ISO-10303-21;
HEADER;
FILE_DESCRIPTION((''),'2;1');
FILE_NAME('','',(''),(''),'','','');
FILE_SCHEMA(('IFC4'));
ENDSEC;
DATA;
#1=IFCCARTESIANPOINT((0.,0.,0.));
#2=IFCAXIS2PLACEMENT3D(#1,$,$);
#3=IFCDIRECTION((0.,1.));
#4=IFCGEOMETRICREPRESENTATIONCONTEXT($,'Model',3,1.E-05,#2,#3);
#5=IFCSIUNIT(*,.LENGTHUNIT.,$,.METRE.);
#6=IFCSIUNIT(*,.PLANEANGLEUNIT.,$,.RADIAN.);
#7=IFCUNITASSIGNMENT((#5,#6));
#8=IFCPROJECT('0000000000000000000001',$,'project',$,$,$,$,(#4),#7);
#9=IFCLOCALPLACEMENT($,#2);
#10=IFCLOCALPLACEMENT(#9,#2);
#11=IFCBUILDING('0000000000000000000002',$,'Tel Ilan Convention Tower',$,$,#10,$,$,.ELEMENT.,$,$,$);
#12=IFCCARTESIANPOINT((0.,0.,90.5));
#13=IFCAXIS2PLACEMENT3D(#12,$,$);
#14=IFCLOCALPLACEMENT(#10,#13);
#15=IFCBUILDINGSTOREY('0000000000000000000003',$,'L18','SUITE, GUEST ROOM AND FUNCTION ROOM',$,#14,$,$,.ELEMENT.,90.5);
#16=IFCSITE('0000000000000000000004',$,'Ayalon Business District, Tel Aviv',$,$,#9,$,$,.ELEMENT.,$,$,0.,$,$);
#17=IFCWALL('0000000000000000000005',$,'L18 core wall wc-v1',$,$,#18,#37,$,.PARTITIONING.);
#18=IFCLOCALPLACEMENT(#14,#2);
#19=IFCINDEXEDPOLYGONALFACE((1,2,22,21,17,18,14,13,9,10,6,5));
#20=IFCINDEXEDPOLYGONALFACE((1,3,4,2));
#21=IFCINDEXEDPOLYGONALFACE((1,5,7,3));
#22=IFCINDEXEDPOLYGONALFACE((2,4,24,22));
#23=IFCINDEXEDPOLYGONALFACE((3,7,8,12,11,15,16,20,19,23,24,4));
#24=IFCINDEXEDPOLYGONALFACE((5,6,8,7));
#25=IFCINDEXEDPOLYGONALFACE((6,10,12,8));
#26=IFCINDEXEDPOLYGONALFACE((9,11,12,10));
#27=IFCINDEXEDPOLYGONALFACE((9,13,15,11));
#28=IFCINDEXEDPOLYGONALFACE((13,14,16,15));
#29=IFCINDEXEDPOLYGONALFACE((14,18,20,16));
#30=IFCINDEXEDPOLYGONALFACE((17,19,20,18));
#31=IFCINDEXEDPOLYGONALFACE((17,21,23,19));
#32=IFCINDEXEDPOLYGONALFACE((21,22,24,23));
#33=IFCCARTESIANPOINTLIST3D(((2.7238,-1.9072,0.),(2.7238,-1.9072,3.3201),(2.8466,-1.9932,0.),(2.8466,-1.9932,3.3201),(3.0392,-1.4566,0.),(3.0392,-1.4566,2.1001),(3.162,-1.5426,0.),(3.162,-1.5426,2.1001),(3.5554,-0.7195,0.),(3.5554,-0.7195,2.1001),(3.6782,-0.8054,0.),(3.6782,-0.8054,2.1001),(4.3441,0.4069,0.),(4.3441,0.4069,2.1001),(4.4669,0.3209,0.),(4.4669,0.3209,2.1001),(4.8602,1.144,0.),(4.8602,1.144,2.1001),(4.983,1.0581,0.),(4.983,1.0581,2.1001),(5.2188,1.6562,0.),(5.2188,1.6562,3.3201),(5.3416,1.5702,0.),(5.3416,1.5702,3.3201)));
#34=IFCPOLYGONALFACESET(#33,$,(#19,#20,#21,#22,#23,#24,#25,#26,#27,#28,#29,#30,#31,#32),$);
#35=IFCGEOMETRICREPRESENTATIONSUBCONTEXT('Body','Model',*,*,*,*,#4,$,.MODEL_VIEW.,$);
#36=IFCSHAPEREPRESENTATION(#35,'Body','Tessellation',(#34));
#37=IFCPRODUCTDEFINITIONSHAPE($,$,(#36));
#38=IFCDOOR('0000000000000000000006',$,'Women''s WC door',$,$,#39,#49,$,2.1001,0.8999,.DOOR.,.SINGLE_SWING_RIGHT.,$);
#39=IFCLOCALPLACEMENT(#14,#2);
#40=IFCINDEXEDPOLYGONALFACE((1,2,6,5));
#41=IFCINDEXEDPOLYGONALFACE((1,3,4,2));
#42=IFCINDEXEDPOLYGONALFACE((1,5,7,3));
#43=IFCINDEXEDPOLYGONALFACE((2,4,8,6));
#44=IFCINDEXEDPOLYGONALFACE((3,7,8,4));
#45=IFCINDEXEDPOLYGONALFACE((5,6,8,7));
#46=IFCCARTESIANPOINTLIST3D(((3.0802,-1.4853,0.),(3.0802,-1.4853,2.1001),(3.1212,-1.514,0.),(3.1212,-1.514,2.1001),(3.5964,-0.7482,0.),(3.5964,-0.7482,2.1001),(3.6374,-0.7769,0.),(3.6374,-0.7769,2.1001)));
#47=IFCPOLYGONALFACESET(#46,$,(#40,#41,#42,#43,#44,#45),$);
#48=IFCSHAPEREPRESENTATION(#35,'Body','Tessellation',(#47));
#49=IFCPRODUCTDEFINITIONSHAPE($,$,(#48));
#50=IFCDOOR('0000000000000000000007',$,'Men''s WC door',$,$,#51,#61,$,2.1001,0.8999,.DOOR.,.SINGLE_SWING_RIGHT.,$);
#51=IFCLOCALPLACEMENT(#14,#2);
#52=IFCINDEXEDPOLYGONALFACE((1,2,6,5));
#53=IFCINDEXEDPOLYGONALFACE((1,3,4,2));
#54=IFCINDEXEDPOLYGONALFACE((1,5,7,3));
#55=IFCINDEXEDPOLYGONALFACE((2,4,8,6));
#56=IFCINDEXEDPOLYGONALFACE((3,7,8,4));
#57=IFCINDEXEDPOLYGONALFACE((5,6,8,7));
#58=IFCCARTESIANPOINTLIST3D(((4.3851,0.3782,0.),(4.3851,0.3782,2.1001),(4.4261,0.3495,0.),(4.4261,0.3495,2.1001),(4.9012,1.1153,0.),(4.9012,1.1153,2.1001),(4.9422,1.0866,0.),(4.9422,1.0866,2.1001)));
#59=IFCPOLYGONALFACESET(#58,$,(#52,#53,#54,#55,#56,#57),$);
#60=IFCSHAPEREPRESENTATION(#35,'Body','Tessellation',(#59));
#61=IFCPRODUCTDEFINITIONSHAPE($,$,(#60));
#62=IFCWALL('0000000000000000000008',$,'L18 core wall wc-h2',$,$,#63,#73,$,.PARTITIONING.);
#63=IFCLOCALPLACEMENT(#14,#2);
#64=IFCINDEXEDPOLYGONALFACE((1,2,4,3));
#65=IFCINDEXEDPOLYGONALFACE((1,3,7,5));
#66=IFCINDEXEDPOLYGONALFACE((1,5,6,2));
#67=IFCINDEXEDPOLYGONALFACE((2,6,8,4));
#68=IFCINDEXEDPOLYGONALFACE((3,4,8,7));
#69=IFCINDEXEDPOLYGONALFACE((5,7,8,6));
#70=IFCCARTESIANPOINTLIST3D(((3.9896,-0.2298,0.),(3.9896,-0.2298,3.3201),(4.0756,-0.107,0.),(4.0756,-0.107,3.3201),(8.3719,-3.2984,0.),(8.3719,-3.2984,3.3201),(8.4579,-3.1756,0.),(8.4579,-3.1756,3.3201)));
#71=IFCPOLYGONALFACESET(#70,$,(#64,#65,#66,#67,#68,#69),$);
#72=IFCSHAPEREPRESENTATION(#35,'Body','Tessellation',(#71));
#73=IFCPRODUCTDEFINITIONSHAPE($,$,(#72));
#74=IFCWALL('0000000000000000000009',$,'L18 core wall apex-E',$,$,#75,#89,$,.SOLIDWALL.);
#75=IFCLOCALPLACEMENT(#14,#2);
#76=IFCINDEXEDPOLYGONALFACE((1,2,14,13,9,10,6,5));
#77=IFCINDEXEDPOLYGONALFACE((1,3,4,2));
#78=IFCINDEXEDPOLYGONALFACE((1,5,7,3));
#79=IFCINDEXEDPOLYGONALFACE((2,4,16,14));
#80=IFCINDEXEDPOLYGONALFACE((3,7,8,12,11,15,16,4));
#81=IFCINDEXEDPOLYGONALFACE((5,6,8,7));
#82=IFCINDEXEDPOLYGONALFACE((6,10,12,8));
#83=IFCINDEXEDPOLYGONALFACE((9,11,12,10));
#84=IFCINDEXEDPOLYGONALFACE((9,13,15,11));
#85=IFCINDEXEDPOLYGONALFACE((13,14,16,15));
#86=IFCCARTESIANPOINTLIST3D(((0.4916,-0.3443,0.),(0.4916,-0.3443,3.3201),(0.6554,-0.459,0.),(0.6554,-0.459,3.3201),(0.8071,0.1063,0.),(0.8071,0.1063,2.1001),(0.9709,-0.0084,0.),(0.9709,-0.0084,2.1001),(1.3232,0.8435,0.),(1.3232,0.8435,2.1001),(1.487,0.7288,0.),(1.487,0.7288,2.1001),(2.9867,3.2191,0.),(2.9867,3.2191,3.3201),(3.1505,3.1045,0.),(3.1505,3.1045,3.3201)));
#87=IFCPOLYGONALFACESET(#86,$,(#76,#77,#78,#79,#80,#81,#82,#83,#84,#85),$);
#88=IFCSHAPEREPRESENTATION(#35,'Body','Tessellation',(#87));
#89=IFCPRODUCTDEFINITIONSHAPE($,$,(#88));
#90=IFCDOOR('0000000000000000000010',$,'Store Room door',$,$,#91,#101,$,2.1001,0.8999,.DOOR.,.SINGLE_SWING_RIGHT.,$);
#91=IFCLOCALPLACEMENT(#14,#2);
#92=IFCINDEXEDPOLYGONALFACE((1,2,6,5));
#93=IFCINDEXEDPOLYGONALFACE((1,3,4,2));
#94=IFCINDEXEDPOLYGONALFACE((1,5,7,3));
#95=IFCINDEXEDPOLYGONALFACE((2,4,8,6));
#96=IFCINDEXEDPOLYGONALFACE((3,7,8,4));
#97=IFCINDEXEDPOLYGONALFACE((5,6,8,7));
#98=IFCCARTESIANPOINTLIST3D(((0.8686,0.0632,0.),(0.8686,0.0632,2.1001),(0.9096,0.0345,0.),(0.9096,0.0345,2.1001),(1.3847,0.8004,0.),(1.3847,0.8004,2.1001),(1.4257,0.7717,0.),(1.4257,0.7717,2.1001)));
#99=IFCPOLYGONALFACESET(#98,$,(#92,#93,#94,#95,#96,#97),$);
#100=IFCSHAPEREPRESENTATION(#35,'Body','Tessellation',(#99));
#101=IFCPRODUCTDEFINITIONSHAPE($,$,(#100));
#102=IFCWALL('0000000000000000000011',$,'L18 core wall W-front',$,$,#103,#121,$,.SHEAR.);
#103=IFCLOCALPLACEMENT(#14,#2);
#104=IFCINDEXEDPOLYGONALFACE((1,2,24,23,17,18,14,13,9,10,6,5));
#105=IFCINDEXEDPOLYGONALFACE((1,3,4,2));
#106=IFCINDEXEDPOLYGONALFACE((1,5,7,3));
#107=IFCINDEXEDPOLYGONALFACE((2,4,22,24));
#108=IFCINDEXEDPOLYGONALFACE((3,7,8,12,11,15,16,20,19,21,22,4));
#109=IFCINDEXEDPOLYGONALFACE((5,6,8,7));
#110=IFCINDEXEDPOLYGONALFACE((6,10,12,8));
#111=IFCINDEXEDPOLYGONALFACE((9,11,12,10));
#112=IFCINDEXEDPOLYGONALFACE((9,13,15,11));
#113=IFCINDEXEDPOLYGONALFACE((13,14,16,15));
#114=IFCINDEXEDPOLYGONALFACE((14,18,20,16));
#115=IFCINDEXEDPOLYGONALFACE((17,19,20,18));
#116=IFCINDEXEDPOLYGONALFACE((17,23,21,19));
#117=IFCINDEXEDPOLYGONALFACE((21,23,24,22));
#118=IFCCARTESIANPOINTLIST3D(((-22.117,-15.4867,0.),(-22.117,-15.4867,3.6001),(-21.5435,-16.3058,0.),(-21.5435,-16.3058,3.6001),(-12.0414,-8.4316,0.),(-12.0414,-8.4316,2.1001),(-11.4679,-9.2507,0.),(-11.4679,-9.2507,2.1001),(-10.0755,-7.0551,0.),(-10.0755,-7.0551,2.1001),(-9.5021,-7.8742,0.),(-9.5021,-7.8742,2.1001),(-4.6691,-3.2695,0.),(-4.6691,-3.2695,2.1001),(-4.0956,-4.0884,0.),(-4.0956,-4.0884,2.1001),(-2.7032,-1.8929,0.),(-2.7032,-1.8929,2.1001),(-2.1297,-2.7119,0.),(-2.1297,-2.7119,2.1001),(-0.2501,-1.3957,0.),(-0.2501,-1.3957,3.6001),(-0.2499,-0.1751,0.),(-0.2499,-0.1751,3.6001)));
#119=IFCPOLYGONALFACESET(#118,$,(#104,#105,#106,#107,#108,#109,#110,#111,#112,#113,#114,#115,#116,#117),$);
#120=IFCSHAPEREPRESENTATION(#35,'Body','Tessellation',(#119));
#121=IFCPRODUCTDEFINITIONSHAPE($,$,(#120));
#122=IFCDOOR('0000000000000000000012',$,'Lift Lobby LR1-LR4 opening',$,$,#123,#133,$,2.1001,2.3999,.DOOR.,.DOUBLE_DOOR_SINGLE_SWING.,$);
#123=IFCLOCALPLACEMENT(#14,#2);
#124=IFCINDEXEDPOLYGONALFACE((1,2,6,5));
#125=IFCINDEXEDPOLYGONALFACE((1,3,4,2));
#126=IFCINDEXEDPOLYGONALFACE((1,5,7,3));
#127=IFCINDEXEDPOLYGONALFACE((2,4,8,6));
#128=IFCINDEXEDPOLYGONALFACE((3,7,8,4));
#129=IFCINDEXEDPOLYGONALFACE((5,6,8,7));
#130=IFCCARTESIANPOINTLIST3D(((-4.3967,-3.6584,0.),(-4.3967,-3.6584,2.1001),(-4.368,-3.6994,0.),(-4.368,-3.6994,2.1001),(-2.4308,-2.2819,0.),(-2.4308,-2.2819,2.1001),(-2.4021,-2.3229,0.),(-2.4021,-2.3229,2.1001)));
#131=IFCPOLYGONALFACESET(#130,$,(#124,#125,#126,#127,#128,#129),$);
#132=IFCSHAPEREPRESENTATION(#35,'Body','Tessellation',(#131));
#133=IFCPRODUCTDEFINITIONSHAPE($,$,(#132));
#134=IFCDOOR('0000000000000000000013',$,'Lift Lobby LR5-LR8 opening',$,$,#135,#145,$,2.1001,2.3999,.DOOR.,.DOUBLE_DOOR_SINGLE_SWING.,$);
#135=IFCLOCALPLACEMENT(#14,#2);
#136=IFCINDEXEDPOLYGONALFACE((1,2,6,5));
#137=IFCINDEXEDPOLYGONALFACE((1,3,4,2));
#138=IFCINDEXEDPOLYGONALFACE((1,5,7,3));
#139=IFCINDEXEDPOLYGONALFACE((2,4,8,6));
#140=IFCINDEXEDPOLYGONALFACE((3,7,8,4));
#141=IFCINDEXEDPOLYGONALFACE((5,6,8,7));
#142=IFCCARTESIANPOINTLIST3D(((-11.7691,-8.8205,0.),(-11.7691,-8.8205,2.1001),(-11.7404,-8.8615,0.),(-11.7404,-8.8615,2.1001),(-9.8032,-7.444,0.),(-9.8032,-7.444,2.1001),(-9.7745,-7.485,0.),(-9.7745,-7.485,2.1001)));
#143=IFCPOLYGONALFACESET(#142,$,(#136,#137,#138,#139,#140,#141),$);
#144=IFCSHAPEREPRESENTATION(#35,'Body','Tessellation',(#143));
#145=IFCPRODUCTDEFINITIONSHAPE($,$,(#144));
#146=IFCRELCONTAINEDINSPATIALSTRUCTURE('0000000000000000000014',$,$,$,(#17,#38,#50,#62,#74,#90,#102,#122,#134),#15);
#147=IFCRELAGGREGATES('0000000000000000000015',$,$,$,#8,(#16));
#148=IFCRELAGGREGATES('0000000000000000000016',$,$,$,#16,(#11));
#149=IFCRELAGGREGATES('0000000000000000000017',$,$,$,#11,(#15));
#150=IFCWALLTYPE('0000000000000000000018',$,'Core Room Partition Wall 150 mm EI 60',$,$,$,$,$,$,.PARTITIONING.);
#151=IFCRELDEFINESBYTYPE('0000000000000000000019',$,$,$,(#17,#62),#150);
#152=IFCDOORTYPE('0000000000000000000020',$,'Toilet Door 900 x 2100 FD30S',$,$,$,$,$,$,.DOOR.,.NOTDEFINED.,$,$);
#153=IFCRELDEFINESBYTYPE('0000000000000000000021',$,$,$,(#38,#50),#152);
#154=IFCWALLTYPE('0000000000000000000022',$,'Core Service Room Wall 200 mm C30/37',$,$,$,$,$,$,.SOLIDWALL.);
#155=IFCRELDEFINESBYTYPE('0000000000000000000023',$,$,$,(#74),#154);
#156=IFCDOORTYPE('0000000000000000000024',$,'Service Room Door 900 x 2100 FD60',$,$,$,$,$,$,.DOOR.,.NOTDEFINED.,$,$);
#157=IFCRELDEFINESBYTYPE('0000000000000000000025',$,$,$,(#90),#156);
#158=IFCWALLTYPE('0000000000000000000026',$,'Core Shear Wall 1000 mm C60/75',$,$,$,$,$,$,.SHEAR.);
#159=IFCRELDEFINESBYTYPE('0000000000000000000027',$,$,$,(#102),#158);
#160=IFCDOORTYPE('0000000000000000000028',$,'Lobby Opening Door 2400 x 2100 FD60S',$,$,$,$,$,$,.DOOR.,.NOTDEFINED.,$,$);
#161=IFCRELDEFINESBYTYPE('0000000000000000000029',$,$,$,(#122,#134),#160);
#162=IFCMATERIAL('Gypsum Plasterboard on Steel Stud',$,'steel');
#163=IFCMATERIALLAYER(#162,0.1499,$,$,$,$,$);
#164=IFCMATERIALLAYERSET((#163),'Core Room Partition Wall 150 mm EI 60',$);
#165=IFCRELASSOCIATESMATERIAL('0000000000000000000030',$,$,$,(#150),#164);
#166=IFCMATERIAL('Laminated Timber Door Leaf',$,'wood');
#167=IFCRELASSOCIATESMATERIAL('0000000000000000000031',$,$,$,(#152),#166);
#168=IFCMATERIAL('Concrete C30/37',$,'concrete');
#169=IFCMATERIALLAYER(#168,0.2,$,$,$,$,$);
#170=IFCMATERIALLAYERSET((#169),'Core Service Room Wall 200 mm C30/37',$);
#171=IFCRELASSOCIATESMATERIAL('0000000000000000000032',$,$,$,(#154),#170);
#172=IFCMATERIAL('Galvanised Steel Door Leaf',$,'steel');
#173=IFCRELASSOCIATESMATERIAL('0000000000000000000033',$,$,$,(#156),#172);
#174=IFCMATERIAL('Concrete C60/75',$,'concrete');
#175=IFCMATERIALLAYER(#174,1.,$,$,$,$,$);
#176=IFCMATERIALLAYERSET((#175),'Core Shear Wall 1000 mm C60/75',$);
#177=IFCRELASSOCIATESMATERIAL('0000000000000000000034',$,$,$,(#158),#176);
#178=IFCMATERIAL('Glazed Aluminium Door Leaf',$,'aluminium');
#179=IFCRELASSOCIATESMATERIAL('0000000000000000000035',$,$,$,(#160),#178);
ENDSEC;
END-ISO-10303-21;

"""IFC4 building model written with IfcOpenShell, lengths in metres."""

from ifc_helpers import new_model, si_unit, direction, frame, frame_2d, origin, place, context, subcontext, project, spatial, polyline, rectangle, outline, extrude, material, layer, layer_set, type_object, element, fill, save


model = new_model("IFC4")

# Units and contexts
model_context = context("Model", 3, precision=1e-05, world=origin(), true_north=direction((0.0, 1.0)))
body_context = subcontext(model_context, "Body", "Model", "MODEL_VIEW")
ifc_project = project(units=[si_unit("LENGTHUNIT", "METRE"), si_unit("PLANEANGLEUNIT", "RADIAN")], contexts=[model_context])

# Site, building, storey
site_placement = place(None, origin())
site = spatial("IfcSite", under=ifc_project, at=site_placement, Name="Ayalon Business District, Tel Aviv", CompositionType="ELEMENT", RefElevation=0.0)
building_placement = place(site_placement, origin())
building = spatial("IfcBuilding", under=site, at=building_placement, Name="Tel Ilan Convention Tower", CompositionType="ELEMENT")
storey_placement = place(building_placement, frame((0.0, 0.0, 90.5)))
storey = spatial("IfcBuildingStorey", under=building, at=storey_placement, Name="L18", Description="SUITE, GUEST ROOM AND FUNCTION ROOM", CompositionType="ELEMENT", Elevation=90.5)

# Wall, openings, doors
ifc_material_1 = material(Name="Gypsum Plasterboard on Steel Stud", Category="steel")
ifc_layer_1 = layer(ifc_material_1, 0.1499)
ifc_layer_set_1 = layer_set([ifc_layer_1], Name="Core Room Partition Wall 150 mm EI 60")
wall_type_1 = type_object("IfcWallType", Name="Core Room Partition Wall 150 mm EI 60", PredefinedType="PARTITIONING", material=ifc_layer_set_1)
wall_1_placement = place(storey_placement, frame((2.7852, -1.9502, 0.0), z_axis=(0.0, 0.0, 1.0), x_axis=(0.573568, 0.819158, 0.0)))
wall_1 = element("IfcWall", 1, at=wall_1_placement, inside=storey, type_object=wall_type_1, Name="L18 core wall wc-v1", PredefinedType="PARTITIONING", context=body_context, shape_type="SweptSolid", body=[
    extrude(rectangle(XDim=4.3501, YDim=0.1499, at=frame_2d((2.175, 0.0))), origin(), (0.0, 0.0, 1.0), 3.3201),
])
opening_1_placement = place(wall_1_placement, frame((0.55, 0.0, 0.0)))
opening_1 = element("IfcOpeningElement", 2, at=opening_1_placement, cuts=wall_1, PredefinedType="OPENING", context=body_context, shape_type="SweptSolid", body=[
    extrude(rectangle(XDim=0.8999, YDim=2.1001, at=frame_2d((0.45, 1.05))), frame((0.0, 0.085, 0.0), z_axis=(0.0, -1.0, 0.0), x_axis=(1.0, 0.0, 0.0)), (0.0, 0.0, 1.0), 0.1699),
])
opening_2_placement = place(wall_1_placement, frame((2.825, 0.0, 0.0)))
opening_2 = element("IfcOpeningElement", 3, at=opening_2_placement, cuts=wall_1, PredefinedType="OPENING", context=body_context, shape_type="SweptSolid", body=[
    extrude(rectangle(XDim=0.8999, YDim=2.1001, at=frame_2d((0.45, 1.05))), frame((0.0, 0.085, 0.0), z_axis=(0.0, -1.0, 0.0), x_axis=(1.0, 0.0, 0.0)), (0.0, 0.0, 1.0), 0.1699),
])
ifc_material_2 = material(Name="Laminated Timber Door Leaf", Category="wood")
door_type_1 = type_object("IfcDoorType", Name="Toilet Door 900 x 2100 FD30S", OperationType="NOTDEFINED", PredefinedType="DOOR", material=ifc_material_2)
door_1_placement = place(opening_1_placement, origin())
door_1 = element("IfcDoor", 4, at=door_1_placement, inside=storey, type_object=door_type_1, Name="Women's WC door", OperationType="SINGLE_SWING_RIGHT", OverallHeight=2.1001, OverallWidth=0.8999, PredefinedType="DOOR", context=body_context, shape_type="SweptSolid", body=[
    extrude(rectangle(XDim=0.8999, YDim=2.1001, at=frame_2d((0.45, 1.05))), frame((0.0, 0.0249, 0.0), z_axis=(0.0, -1.0, 0.0), x_axis=(1.0, 0.0, 0.0)), (0.0, 0.0, 1.0), 0.05),
])
fill(opening_1, door_1)
door_2_placement = place(opening_2_placement, origin())
door_2 = element("IfcDoor", 5, at=door_2_placement, inside=storey, type_object=door_type_1, Name="Men's WC door", OperationType="SINGLE_SWING_RIGHT", OverallHeight=2.1001, OverallWidth=0.8999, PredefinedType="DOOR", context=body_context, shape_type="SweptSolid", body=[
    extrude(rectangle(XDim=0.8999, YDim=2.1001, at=frame_2d((0.45, 1.05))), frame((0.0, 0.0249, 0.0), z_axis=(0.0, -1.0, 0.0), x_axis=(1.0, 0.0, 0.0)), (0.0, 0.0, 1.0), 0.05),
])
fill(opening_2, door_2)

# Wall
wall_2_placement = place(storey_placement, frame((4.0327, -0.1685, 0.0), z_axis=(0.0, 0.0, 1.0), x_axis=(0.819146, -0.573585, 0.0)))
element("IfcWall", 6, at=wall_2_placement, inside=storey, type_object=wall_type_1, Name="L18 core wall wc-h2", PredefinedType="PARTITIONING", context=body_context, shape_type="SweptSolid", body=[
    extrude(rectangle(XDim=5.3499, YDim=0.1499, at=frame_2d((2.6748, 0.0))), origin(), (0.0, 0.0, 1.0), 3.3201),
])

# Wall, opening, door
ifc_material_3 = material(Name="Concrete C30/37", Category="concrete")
ifc_layer_2 = layer(ifc_material_3, 0.2)
ifc_layer_set_2 = layer_set([ifc_layer_2], Name="Core Service Room Wall 200 mm C30/37")
wall_type_2 = type_object("IfcWallType", Name="Core Service Room Wall 200 mm C30/37", PredefinedType="SOLIDWALL", material=ifc_layer_set_2)
wall_3_placement = place(storey_placement, frame((0.5735, -0.4016, 0.0), z_axis=(0.0, 0.0, 1.0), x_axis=(0.573568, 0.819158, 0.0)))
wall_3 = element("IfcWall", 7, at=wall_3_placement, inside=storey, type_object=wall_type_2, Name="L18 core wall apex-E", PredefinedType="SOLIDWALL", context=body_context, shape_type="SweptSolid", body=[
    extrude(rectangle(XDim=4.3501, YDim=0.2, at=frame_2d((2.175, 0.0))), origin(), (0.0, 0.0, 1.0), 3.3201),
])
opening_3_placement = place(wall_3_placement, frame((0.55, 0.0, 0.0)))
opening_3 = element("IfcOpeningElement", 8, at=opening_3_placement, cuts=wall_3, PredefinedType="OPENING", context=body_context, shape_type="SweptSolid", body=[
    extrude(rectangle(XDim=0.8999, YDim=2.1001, at=frame_2d((0.45, 1.05))), frame((0.0, 0.1099, 0.0), z_axis=(0.0, -1.0, 0.0), x_axis=(1.0, 0.0, 0.0)), (0.0, 0.0, 1.0), 0.22),
])
ifc_material_4 = material(Name="Galvanised Steel Door Leaf", Category="steel")
door_type_2 = type_object("IfcDoorType", Name="Service Room Door 900 x 2100 FD60", OperationType="NOTDEFINED", PredefinedType="DOOR", material=ifc_material_4)
door_3_placement = place(opening_3_placement, origin())
door_3 = element("IfcDoor", 9, at=door_3_placement, inside=storey, type_object=door_type_2, Name="Store Room door", OperationType="SINGLE_SWING_RIGHT", OverallHeight=2.1001, OverallWidth=0.8999, PredefinedType="DOOR", context=body_context, shape_type="SweptSolid", body=[
    extrude(rectangle(XDim=0.8999, YDim=2.1001, at=frame_2d((0.45, 1.05))), frame((0.0, 0.0249, 0.0), z_axis=(0.0, -1.0, 0.0), x_axis=(1.0, 0.0, 0.0)), (0.0, 0.0, 1.0), 0.05),
])
fill(opening_3, door_3)

# Wall, openings, doors
ifc_material_5 = material(Name="Concrete C60/75", Category="concrete")
ifc_layer_3 = layer(ifc_material_5, 1.0)
ifc_layer_set_3 = layer_set([ifc_layer_3], Name="Core Shear Wall 1000 mm C60/75")
wall_type_3 = type_object("IfcWallType", Name="Core Shear Wall 1000 mm C60/75", PredefinedType="SHEAR", material=ifc_layer_set_3)
wall_4_placement = place(storey_placement, frame((0.0369, -0.5847, 0.0), z_axis=(0.0, 0.0, 1.0), x_axis=(-0.819157, -0.573569, 0.0)))
wall_4 = element("IfcWall", 10, at=wall_4_placement, inside=storey, type_object=wall_type_3, Name="L18 core wall W-front", PredefinedType="SHEAR", context=body_context, shape_type="SweptSolid", body=[
    extrude(outline(polyline([(26.6948, 0.5002), (0.7002, 0.4998), (0.0, -0.5), (26.6948, -0.4998), (26.6948, 0.5002)])), origin(), (0.0, 0.0, 1.0), 3.6001),
])
opening_4_placement = place(wall_4_placement, frame((2.9949, 0.0, 0.0)))
opening_4 = element("IfcOpeningElement", 11, at=opening_4_placement, cuts=wall_4, PredefinedType="OPENING", context=body_context, shape_type="SweptSolid", body=[
    extrude(rectangle(XDim=2.3999, YDim=2.1001, at=frame_2d((1.2, 1.05))), frame((0.0, 0.51, 0.0), z_axis=(0.0, -1.0, 0.0), x_axis=(1.0, 0.0, 0.0)), (0.0, 0.0, 1.0), 1.02),
])
opening_5_placement = place(wall_4_placement, frame((11.9949, 0.0, 0.0)))
opening_5 = element("IfcOpeningElement", 12, at=opening_5_placement, cuts=wall_4, PredefinedType="OPENING", context=body_context, shape_type="SweptSolid", body=[
    extrude(rectangle(XDim=2.3999, YDim=2.1001, at=frame_2d((1.2, 1.05))), frame((0.0, 0.51, 0.0), z_axis=(0.0, -1.0, 0.0), x_axis=(1.0, 0.0, 0.0)), (0.0, 0.0, 1.0), 1.02),
])
ifc_material_6 = material(Name="Glazed Aluminium Door Leaf", Category="aluminium")
door_type_3 = type_object("IfcDoorType", Name="Lobby Opening Door 2400 x 2100 FD60S", OperationType="NOTDEFINED", PredefinedType="DOOR", material=ifc_material_6)
door_4_placement = place(opening_4_placement, origin())
door_4 = element("IfcDoor", 13, at=door_4_placement, inside=storey, type_object=door_type_3, Name="Lift Lobby LR1-LR4 opening", OperationType="DOUBLE_DOOR_SINGLE_SWING", OverallHeight=2.1001, OverallWidth=2.3999, PredefinedType="DOOR", context=body_context, shape_type="SweptSolid", body=[
    extrude(rectangle(XDim=2.3999, YDim=2.1001, at=frame_2d((1.2, 1.05))), frame((0.0, 0.0249, 0.0), z_axis=(0.0, -1.0, 0.0), x_axis=(1.0, 0.0, 0.0)), (0.0, 0.0, 1.0), 0.05),
])
fill(opening_4, door_4)
door_5_placement = place(opening_5_placement, origin())
door_5 = element("IfcDoor", 14, at=door_5_placement, inside=storey, type_object=door_type_3, Name="Lift Lobby LR5-LR8 opening", OperationType="DOUBLE_DOOR_SINGLE_SWING", OverallHeight=2.1001, OverallWidth=2.3999, PredefinedType="DOOR", context=body_context, shape_type="SweptSolid", body=[
    extrude(rectangle(XDim=2.3999, YDim=2.1001, at=frame_2d((1.2, 1.05))), frame((0.0, 0.0249, 0.0), z_axis=(0.0, -1.0, 0.0), x_axis=(1.0, 0.0, 0.0)), (0.0, 0.0, 1.0), 0.05),
])
fill(opening_5, door_5)

save(model, "model.ifc")
